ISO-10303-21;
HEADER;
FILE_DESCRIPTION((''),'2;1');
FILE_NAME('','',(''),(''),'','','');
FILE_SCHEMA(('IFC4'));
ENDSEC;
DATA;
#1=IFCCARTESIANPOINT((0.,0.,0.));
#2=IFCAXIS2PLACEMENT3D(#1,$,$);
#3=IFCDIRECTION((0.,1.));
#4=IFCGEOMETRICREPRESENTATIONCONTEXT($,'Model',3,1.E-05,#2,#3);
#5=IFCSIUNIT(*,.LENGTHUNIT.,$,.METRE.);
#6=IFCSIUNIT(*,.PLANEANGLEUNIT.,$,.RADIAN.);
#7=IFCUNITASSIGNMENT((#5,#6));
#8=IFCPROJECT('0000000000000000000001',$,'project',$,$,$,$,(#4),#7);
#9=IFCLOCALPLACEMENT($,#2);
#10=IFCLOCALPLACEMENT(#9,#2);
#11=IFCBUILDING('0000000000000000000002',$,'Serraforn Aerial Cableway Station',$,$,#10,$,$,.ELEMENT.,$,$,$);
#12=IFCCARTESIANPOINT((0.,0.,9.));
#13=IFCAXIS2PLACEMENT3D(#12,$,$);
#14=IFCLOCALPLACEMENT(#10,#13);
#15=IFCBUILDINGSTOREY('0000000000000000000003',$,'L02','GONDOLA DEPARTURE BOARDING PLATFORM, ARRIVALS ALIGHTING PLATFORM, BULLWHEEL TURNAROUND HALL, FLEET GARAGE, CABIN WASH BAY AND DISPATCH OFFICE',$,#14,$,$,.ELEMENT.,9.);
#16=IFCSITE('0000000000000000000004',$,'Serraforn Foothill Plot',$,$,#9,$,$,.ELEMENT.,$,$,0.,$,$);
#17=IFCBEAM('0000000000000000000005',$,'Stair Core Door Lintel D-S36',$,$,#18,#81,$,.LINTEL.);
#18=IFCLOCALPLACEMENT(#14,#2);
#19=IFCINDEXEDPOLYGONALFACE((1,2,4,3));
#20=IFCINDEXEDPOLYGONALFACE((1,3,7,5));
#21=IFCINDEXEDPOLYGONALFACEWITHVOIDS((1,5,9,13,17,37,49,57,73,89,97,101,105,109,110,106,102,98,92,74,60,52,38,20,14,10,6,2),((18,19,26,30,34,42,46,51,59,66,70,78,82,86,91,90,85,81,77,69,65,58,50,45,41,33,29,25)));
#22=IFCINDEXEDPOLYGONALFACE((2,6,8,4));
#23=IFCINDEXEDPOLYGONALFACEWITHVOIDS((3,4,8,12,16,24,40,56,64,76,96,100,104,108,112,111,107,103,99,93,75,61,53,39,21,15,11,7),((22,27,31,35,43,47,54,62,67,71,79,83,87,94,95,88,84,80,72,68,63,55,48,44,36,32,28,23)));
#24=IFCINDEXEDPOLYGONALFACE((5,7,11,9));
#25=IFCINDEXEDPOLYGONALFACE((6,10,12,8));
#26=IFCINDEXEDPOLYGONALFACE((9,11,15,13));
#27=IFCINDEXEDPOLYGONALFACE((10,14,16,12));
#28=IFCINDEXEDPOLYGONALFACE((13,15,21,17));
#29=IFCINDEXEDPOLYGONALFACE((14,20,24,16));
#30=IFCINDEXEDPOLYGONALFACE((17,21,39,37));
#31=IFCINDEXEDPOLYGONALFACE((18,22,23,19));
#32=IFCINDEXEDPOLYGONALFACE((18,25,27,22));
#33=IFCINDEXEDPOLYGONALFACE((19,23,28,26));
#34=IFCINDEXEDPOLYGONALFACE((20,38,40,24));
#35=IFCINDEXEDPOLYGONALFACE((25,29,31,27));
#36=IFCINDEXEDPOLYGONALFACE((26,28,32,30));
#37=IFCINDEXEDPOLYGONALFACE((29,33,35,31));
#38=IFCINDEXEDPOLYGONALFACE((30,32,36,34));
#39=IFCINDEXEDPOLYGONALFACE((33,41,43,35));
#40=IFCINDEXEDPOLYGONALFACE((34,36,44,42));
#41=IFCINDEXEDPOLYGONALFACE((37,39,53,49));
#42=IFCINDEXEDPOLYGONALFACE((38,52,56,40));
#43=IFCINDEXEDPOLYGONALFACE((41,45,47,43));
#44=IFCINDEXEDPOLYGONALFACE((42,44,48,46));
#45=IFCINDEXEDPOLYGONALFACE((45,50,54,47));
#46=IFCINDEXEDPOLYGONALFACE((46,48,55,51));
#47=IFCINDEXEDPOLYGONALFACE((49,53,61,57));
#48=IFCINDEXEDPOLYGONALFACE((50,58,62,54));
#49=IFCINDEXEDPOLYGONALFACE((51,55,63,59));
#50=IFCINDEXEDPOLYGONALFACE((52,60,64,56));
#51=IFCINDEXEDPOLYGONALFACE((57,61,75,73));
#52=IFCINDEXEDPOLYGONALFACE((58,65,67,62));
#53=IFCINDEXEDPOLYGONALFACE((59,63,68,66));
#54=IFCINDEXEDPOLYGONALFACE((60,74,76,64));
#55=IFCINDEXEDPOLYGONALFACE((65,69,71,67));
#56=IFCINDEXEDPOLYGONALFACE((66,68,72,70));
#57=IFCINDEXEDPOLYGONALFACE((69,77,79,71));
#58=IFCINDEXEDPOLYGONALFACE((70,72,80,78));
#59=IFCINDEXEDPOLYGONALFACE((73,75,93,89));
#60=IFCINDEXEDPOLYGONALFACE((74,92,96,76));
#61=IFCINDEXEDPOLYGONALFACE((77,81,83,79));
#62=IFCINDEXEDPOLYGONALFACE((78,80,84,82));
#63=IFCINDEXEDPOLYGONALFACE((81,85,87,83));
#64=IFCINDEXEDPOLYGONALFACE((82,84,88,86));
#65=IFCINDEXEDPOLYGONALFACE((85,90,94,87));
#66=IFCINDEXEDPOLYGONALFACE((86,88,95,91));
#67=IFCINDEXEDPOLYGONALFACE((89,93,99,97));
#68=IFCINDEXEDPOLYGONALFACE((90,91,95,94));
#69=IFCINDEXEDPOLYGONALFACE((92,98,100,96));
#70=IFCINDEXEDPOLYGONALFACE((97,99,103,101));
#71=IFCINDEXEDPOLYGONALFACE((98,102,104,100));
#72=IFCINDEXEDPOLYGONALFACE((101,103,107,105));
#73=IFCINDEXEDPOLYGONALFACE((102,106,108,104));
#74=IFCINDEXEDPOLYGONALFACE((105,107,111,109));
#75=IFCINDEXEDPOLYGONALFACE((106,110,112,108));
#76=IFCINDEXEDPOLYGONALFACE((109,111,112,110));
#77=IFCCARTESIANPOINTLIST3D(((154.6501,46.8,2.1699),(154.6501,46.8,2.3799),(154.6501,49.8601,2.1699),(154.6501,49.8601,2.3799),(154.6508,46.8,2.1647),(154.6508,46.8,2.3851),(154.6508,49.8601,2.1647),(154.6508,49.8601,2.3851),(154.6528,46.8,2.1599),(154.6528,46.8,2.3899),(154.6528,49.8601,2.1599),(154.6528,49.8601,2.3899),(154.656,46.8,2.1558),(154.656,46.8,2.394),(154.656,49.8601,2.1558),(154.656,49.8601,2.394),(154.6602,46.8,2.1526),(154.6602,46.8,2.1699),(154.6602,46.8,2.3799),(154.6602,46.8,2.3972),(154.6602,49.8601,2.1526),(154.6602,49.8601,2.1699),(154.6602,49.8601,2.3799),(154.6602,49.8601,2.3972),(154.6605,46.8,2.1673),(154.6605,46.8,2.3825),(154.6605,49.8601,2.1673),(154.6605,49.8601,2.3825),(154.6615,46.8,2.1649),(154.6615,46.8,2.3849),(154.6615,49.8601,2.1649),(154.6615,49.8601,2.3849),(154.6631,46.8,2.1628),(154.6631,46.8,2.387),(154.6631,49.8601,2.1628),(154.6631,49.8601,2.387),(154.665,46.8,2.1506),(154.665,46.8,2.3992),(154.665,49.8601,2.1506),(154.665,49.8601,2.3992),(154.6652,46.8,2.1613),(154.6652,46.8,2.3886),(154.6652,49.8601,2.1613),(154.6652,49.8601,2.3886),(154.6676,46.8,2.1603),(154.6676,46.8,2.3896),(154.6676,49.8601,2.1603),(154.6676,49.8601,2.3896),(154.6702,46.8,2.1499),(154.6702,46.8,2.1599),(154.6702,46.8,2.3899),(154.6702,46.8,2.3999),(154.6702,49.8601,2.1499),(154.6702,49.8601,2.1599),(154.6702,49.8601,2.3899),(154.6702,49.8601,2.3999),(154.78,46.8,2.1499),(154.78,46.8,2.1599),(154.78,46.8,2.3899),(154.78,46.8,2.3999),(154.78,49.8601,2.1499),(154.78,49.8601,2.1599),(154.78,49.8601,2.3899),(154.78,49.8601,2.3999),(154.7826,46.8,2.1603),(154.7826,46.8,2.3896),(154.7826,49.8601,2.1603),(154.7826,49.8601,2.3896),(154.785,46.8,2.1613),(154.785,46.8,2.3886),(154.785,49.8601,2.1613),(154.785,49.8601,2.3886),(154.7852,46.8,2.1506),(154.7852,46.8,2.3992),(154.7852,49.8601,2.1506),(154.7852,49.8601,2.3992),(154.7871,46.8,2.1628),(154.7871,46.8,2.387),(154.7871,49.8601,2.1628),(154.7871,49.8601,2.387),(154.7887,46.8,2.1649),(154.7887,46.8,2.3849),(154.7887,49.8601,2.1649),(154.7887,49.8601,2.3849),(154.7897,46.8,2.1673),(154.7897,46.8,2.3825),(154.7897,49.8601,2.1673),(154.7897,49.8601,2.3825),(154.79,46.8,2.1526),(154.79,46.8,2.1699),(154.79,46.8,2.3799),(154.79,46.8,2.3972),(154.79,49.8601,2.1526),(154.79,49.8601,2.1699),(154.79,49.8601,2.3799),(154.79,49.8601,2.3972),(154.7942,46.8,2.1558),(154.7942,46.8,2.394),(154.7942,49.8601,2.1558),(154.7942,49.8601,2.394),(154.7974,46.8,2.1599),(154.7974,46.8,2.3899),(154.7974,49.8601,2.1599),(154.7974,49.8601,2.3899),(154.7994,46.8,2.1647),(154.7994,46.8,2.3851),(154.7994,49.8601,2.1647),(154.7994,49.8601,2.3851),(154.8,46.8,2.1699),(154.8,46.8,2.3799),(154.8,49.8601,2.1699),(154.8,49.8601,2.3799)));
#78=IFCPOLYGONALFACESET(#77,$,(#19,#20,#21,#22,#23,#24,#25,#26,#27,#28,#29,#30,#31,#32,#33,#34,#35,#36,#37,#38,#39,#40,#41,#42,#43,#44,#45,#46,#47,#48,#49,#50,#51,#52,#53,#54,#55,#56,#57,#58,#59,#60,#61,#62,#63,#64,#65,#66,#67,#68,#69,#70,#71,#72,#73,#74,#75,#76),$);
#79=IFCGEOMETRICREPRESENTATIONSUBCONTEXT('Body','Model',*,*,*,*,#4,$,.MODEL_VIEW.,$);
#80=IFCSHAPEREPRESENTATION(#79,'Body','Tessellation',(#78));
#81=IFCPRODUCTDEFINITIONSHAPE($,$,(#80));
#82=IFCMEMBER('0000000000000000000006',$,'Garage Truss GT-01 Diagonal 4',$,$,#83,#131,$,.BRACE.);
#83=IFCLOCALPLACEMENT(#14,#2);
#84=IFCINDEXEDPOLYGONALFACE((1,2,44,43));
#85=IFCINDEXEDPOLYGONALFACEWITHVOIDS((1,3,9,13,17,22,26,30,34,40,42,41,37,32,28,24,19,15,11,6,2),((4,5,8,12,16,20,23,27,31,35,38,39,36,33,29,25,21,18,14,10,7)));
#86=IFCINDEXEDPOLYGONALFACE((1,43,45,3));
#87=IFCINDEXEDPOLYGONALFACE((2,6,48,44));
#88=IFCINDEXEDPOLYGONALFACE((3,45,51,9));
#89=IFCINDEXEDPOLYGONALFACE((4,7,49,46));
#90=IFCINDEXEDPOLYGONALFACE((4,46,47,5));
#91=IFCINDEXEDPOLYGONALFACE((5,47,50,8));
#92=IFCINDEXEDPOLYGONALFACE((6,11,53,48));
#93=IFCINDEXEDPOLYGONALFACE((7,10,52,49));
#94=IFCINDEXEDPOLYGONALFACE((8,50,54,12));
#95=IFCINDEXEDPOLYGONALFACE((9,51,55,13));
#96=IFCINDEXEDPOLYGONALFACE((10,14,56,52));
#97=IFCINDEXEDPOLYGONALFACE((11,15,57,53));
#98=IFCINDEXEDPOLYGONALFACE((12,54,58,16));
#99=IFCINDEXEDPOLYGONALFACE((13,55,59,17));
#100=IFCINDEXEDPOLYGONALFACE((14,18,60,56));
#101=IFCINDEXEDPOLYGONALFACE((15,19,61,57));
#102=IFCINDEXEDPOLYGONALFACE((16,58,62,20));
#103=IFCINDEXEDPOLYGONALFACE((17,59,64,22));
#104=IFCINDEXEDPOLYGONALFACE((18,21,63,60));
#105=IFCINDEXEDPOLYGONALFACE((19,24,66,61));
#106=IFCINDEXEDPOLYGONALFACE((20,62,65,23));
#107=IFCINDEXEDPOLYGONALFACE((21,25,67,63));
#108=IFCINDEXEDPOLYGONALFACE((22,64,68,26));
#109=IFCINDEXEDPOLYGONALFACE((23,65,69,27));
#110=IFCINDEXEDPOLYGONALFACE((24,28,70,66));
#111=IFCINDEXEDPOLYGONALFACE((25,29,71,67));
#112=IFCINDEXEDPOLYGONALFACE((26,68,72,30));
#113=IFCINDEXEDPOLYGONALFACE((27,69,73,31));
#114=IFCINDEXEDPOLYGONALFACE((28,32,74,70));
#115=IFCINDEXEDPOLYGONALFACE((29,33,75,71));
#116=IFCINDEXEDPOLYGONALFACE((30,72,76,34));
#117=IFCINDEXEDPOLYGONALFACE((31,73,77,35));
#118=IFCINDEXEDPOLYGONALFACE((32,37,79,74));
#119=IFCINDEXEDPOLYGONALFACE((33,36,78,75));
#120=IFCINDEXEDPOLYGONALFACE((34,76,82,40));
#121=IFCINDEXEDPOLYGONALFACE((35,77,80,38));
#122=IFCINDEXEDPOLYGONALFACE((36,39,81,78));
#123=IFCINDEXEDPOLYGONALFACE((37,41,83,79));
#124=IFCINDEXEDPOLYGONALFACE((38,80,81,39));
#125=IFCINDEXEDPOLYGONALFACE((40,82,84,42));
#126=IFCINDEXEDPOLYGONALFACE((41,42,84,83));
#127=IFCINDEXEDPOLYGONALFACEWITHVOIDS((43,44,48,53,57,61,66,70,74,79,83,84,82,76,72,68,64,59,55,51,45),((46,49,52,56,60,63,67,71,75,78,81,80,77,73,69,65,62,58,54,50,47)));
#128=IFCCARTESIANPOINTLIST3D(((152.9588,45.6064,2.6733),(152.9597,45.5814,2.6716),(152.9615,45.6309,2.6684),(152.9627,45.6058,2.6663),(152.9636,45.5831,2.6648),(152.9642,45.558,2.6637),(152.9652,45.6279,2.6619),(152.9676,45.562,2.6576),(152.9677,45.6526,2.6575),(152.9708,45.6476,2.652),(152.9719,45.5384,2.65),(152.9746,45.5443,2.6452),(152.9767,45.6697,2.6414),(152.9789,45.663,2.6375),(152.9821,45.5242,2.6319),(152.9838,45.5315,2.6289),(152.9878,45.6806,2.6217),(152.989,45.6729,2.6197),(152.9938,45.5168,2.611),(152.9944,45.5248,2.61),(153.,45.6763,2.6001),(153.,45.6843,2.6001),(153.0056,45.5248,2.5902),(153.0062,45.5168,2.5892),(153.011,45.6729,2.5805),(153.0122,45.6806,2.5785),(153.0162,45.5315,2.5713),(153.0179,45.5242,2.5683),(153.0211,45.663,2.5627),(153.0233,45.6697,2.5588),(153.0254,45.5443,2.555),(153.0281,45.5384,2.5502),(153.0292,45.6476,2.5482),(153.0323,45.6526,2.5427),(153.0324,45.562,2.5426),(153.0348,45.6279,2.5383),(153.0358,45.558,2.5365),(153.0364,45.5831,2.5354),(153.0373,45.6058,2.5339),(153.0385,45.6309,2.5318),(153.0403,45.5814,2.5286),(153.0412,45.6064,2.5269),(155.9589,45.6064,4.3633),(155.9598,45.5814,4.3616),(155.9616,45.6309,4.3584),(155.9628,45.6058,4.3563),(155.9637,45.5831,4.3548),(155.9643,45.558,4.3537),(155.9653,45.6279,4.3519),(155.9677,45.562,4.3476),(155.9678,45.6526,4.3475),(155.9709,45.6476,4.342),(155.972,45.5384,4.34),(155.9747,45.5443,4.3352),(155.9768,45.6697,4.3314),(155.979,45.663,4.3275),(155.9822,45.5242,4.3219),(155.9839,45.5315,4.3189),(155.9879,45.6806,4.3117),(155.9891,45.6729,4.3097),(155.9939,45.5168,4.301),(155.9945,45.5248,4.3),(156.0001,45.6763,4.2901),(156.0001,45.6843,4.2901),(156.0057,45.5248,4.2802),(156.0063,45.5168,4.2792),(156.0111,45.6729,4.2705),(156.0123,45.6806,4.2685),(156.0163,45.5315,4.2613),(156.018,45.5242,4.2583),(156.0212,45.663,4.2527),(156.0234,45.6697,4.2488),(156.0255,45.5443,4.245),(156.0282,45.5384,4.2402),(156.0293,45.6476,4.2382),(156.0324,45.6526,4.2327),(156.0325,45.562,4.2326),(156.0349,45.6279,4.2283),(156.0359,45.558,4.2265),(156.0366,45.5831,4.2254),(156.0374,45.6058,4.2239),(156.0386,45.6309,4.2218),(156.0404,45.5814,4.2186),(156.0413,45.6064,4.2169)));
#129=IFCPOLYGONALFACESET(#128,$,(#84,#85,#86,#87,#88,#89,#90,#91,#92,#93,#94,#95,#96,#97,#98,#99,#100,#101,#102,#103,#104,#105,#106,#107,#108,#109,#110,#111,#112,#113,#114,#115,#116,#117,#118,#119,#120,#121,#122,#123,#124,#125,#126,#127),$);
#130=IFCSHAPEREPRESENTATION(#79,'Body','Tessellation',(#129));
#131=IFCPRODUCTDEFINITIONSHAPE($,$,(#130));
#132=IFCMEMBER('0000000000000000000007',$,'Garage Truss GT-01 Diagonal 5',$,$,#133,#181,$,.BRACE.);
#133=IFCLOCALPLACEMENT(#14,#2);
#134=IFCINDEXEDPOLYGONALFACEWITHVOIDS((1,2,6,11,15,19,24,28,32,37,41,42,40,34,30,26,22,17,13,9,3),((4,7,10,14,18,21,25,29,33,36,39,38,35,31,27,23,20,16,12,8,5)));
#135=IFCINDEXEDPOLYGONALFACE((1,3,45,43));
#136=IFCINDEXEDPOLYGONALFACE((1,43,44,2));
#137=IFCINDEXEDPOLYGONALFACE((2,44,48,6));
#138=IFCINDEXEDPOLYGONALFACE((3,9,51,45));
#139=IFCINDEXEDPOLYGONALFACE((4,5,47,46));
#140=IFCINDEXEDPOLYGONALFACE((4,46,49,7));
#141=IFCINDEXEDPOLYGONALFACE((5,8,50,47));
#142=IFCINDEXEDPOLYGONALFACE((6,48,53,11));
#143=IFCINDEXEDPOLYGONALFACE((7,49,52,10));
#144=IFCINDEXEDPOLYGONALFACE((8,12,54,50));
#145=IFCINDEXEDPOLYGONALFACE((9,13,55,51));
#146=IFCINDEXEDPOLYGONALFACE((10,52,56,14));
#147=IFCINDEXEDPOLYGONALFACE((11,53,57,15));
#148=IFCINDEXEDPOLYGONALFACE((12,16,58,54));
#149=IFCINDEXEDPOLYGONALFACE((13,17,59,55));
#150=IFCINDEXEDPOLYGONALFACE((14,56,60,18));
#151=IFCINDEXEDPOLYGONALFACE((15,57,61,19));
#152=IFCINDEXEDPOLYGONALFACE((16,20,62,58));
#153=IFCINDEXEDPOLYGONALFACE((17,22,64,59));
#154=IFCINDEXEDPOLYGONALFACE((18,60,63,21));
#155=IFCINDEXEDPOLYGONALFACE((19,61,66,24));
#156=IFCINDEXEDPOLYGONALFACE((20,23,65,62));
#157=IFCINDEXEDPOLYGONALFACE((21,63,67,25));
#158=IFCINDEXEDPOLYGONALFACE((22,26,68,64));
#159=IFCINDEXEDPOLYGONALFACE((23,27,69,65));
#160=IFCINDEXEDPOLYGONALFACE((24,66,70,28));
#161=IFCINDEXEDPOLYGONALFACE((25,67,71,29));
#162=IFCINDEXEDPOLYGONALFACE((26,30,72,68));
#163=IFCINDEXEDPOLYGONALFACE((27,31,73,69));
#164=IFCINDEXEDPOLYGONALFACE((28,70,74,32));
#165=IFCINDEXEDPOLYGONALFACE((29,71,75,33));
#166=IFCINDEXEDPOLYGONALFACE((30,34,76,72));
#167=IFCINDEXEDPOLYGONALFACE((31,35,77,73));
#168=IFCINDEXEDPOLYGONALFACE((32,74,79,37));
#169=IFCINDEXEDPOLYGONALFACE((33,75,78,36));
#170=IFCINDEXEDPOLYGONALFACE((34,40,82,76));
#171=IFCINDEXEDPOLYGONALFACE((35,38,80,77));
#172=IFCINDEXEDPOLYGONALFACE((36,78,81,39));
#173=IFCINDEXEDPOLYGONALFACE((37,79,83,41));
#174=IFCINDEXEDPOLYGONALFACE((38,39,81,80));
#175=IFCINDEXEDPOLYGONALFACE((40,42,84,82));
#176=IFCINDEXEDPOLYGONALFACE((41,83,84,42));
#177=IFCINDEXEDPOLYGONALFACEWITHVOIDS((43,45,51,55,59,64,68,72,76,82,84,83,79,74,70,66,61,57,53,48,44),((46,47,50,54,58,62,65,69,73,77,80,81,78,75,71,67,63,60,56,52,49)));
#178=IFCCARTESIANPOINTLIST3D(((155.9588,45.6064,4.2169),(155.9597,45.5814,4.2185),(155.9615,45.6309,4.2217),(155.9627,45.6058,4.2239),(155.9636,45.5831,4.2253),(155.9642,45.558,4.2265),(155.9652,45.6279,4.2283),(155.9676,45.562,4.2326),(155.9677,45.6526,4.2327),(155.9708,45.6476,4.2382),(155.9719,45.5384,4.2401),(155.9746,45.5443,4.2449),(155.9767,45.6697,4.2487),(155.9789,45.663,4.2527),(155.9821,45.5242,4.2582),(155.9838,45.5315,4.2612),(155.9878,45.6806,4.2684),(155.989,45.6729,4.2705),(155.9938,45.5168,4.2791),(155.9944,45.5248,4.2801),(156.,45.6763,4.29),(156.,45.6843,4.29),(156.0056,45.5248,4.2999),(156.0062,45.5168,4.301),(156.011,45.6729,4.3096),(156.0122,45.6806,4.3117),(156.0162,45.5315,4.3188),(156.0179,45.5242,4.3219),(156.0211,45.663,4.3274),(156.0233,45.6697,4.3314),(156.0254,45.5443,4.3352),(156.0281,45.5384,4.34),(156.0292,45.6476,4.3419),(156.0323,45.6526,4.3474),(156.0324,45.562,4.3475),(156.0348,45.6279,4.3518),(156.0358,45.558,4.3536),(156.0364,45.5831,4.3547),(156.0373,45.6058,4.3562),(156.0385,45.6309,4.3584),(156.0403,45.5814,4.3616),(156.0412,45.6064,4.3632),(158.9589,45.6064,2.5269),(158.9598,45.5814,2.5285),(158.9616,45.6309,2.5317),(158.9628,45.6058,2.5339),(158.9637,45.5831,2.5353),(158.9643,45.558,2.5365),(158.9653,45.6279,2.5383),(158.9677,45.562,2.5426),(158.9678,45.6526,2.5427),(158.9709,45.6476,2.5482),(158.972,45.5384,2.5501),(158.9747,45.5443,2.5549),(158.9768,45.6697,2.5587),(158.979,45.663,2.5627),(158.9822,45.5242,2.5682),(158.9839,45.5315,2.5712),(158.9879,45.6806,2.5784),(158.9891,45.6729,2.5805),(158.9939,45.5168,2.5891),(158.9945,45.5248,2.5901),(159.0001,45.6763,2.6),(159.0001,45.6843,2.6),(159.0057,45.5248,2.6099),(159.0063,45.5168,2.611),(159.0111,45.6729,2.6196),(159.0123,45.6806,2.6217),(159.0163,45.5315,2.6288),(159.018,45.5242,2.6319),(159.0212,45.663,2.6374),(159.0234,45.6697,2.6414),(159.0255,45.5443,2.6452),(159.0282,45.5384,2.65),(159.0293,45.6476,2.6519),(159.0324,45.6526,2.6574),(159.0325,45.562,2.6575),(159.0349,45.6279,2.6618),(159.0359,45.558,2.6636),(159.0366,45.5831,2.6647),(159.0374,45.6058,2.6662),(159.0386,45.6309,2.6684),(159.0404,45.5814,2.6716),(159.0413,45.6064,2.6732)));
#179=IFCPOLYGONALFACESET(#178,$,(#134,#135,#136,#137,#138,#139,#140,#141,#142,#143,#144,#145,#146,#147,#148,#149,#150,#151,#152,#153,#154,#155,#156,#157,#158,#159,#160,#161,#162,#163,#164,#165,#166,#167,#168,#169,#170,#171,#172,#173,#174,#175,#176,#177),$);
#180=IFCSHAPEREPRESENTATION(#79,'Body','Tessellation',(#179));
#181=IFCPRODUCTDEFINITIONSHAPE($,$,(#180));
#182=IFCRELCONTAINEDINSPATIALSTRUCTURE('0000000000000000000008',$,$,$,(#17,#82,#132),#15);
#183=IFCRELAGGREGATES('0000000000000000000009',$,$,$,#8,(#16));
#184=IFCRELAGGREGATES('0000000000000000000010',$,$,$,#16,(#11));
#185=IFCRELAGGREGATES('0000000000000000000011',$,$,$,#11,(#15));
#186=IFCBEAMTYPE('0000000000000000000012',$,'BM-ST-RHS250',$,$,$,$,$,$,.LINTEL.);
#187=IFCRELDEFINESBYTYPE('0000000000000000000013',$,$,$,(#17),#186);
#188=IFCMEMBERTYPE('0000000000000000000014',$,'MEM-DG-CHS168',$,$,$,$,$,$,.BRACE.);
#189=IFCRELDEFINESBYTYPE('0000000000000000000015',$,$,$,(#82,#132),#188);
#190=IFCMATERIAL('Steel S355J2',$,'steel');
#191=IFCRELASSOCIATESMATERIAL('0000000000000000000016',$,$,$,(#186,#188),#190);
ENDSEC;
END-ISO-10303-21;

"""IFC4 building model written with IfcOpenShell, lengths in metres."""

from ifc_helpers import new_model, si_unit, direction, frame, origin, origin_2d, place, context, subcontext, project, spatial, hollow_rectangle, hollow_circle, extrude, material, material_profile, profile_set, type_object, element, save


model = new_model("IFC4")

# Units and contexts
model_context = context("Model", 3, precision=1e-05, world=origin(), true_north=direction((0.0, 1.0)))
body_context = subcontext(model_context, "Body", "Model", "MODEL_VIEW")
ifc_project = project(units=[si_unit("LENGTHUNIT", "METRE"), si_unit("PLANEANGLEUNIT", "RADIAN")], contexts=[model_context])

# Site, building, storey
site_placement = place(None, origin())
site = spatial("IfcSite", under=ifc_project, at=site_placement, Name="Serraforn Foothill Plot", CompositionType="ELEMENT", RefElevation=0.0)
building_placement = place(site_placement, origin())
building = spatial("IfcBuilding", under=site, at=building_placement, Name="Serraforn Aerial Cableway Station", CompositionType="ELEMENT")
storey_placement = place(building_placement, frame((0.0, 0.0, 9.0)))
storey = spatial("IfcBuildingStorey", under=building, at=storey_placement, Name="L02", Description="GONDOLA DEPARTURE BOARDING PLATFORM, ARRIVALS ALIGHTING PLATFORM, BULLWHEEL TURNAROUND HALL, FLEET GARAGE, CABIN WASH BAY AND DISPATCH OFFICE", CompositionType="ELEMENT", Elevation=9.0)

# Beam
ifc_material_1 = material(Name="Steel S355J2", Category="steel")
ifc_material_profile_1 = material_profile(ifc_material_1, hollow_rectangle(XDim=0.1499, YDim=0.25, WallThickness=0.01, InnerFilletRadius=0.01, OuterFilletRadius=0.02, at=origin_2d()), Name="RHS 250x150x10.0")
ifc_profile_set_1 = profile_set([ifc_material_profile_1], Name="Steel S355J2")
beam_type_1 = type_object("IfcBeamType", Name="BM-ST-RHS250", PredefinedType="LINTEL", material=ifc_profile_set_1)
beam_1_placement = place(storey_placement, frame((154.7251, 49.8601, 2.2749), z_axis=(0.0, -1.0, 0.0), x_axis=(1.0, 0.0, 0.0)))
element("IfcBeam", 1, at=beam_1_placement, inside=storey, type_object=beam_type_1, Name="Stair Core Door Lintel D-S36", PredefinedType="LINTEL", context=body_context, shape_type="SweptSolid", body=[
    extrude(hollow_rectangle(XDim=0.1499, YDim=0.25, WallThickness=0.01, InnerFilletRadius=0.01, OuterFilletRadius=0.02, at=origin_2d()), origin(), (0.0, 0.0, 1.0), 3.0601),
])

# Members
ifc_material_profile_2 = material_profile(ifc_material_1, hollow_circle(Radius=0.0842, WallThickness=0.0081, at=origin_2d()), Name="CHS 168.3x8.0")
ifc_profile_set_2 = profile_set([ifc_material_profile_2], Name="Steel S355J2")
member_type_1 = type_object("IfcMemberType", Name="MEM-DG-CHS168", PredefinedType="BRACE", material=ifc_profile_set_2)
for number, where, z_axis, x_axis, name in (
    (2, (153.0, 45.6001, 2.6001), (0.871272, 0.0, 0.4908), (0.0, 1.0, 0.0), "Garage Truss GT-01 Diagonal 4"),
    (3, (156.0, 45.6001, 4.29), (0.871272, 0.0, -0.4908), (0.0, 1.0, 0.0), "Garage Truss GT-01 Diagonal 5"),
):
    element("IfcMember", number, at=place(storey_placement, frame(where, z_axis=z_axis, x_axis=x_axis)), inside=storey, type_object=member_type_1, Name=name, PredefinedType="BRACE", context=body_context, shape_type="SweptSolid", body=[
        extrude(hollow_circle(Radius=0.0842, WallThickness=0.0081, at=origin_2d()), origin(), (0.0, 0.0, 1.0), 3.4434),
    ])

save(model, "model.ifc")
